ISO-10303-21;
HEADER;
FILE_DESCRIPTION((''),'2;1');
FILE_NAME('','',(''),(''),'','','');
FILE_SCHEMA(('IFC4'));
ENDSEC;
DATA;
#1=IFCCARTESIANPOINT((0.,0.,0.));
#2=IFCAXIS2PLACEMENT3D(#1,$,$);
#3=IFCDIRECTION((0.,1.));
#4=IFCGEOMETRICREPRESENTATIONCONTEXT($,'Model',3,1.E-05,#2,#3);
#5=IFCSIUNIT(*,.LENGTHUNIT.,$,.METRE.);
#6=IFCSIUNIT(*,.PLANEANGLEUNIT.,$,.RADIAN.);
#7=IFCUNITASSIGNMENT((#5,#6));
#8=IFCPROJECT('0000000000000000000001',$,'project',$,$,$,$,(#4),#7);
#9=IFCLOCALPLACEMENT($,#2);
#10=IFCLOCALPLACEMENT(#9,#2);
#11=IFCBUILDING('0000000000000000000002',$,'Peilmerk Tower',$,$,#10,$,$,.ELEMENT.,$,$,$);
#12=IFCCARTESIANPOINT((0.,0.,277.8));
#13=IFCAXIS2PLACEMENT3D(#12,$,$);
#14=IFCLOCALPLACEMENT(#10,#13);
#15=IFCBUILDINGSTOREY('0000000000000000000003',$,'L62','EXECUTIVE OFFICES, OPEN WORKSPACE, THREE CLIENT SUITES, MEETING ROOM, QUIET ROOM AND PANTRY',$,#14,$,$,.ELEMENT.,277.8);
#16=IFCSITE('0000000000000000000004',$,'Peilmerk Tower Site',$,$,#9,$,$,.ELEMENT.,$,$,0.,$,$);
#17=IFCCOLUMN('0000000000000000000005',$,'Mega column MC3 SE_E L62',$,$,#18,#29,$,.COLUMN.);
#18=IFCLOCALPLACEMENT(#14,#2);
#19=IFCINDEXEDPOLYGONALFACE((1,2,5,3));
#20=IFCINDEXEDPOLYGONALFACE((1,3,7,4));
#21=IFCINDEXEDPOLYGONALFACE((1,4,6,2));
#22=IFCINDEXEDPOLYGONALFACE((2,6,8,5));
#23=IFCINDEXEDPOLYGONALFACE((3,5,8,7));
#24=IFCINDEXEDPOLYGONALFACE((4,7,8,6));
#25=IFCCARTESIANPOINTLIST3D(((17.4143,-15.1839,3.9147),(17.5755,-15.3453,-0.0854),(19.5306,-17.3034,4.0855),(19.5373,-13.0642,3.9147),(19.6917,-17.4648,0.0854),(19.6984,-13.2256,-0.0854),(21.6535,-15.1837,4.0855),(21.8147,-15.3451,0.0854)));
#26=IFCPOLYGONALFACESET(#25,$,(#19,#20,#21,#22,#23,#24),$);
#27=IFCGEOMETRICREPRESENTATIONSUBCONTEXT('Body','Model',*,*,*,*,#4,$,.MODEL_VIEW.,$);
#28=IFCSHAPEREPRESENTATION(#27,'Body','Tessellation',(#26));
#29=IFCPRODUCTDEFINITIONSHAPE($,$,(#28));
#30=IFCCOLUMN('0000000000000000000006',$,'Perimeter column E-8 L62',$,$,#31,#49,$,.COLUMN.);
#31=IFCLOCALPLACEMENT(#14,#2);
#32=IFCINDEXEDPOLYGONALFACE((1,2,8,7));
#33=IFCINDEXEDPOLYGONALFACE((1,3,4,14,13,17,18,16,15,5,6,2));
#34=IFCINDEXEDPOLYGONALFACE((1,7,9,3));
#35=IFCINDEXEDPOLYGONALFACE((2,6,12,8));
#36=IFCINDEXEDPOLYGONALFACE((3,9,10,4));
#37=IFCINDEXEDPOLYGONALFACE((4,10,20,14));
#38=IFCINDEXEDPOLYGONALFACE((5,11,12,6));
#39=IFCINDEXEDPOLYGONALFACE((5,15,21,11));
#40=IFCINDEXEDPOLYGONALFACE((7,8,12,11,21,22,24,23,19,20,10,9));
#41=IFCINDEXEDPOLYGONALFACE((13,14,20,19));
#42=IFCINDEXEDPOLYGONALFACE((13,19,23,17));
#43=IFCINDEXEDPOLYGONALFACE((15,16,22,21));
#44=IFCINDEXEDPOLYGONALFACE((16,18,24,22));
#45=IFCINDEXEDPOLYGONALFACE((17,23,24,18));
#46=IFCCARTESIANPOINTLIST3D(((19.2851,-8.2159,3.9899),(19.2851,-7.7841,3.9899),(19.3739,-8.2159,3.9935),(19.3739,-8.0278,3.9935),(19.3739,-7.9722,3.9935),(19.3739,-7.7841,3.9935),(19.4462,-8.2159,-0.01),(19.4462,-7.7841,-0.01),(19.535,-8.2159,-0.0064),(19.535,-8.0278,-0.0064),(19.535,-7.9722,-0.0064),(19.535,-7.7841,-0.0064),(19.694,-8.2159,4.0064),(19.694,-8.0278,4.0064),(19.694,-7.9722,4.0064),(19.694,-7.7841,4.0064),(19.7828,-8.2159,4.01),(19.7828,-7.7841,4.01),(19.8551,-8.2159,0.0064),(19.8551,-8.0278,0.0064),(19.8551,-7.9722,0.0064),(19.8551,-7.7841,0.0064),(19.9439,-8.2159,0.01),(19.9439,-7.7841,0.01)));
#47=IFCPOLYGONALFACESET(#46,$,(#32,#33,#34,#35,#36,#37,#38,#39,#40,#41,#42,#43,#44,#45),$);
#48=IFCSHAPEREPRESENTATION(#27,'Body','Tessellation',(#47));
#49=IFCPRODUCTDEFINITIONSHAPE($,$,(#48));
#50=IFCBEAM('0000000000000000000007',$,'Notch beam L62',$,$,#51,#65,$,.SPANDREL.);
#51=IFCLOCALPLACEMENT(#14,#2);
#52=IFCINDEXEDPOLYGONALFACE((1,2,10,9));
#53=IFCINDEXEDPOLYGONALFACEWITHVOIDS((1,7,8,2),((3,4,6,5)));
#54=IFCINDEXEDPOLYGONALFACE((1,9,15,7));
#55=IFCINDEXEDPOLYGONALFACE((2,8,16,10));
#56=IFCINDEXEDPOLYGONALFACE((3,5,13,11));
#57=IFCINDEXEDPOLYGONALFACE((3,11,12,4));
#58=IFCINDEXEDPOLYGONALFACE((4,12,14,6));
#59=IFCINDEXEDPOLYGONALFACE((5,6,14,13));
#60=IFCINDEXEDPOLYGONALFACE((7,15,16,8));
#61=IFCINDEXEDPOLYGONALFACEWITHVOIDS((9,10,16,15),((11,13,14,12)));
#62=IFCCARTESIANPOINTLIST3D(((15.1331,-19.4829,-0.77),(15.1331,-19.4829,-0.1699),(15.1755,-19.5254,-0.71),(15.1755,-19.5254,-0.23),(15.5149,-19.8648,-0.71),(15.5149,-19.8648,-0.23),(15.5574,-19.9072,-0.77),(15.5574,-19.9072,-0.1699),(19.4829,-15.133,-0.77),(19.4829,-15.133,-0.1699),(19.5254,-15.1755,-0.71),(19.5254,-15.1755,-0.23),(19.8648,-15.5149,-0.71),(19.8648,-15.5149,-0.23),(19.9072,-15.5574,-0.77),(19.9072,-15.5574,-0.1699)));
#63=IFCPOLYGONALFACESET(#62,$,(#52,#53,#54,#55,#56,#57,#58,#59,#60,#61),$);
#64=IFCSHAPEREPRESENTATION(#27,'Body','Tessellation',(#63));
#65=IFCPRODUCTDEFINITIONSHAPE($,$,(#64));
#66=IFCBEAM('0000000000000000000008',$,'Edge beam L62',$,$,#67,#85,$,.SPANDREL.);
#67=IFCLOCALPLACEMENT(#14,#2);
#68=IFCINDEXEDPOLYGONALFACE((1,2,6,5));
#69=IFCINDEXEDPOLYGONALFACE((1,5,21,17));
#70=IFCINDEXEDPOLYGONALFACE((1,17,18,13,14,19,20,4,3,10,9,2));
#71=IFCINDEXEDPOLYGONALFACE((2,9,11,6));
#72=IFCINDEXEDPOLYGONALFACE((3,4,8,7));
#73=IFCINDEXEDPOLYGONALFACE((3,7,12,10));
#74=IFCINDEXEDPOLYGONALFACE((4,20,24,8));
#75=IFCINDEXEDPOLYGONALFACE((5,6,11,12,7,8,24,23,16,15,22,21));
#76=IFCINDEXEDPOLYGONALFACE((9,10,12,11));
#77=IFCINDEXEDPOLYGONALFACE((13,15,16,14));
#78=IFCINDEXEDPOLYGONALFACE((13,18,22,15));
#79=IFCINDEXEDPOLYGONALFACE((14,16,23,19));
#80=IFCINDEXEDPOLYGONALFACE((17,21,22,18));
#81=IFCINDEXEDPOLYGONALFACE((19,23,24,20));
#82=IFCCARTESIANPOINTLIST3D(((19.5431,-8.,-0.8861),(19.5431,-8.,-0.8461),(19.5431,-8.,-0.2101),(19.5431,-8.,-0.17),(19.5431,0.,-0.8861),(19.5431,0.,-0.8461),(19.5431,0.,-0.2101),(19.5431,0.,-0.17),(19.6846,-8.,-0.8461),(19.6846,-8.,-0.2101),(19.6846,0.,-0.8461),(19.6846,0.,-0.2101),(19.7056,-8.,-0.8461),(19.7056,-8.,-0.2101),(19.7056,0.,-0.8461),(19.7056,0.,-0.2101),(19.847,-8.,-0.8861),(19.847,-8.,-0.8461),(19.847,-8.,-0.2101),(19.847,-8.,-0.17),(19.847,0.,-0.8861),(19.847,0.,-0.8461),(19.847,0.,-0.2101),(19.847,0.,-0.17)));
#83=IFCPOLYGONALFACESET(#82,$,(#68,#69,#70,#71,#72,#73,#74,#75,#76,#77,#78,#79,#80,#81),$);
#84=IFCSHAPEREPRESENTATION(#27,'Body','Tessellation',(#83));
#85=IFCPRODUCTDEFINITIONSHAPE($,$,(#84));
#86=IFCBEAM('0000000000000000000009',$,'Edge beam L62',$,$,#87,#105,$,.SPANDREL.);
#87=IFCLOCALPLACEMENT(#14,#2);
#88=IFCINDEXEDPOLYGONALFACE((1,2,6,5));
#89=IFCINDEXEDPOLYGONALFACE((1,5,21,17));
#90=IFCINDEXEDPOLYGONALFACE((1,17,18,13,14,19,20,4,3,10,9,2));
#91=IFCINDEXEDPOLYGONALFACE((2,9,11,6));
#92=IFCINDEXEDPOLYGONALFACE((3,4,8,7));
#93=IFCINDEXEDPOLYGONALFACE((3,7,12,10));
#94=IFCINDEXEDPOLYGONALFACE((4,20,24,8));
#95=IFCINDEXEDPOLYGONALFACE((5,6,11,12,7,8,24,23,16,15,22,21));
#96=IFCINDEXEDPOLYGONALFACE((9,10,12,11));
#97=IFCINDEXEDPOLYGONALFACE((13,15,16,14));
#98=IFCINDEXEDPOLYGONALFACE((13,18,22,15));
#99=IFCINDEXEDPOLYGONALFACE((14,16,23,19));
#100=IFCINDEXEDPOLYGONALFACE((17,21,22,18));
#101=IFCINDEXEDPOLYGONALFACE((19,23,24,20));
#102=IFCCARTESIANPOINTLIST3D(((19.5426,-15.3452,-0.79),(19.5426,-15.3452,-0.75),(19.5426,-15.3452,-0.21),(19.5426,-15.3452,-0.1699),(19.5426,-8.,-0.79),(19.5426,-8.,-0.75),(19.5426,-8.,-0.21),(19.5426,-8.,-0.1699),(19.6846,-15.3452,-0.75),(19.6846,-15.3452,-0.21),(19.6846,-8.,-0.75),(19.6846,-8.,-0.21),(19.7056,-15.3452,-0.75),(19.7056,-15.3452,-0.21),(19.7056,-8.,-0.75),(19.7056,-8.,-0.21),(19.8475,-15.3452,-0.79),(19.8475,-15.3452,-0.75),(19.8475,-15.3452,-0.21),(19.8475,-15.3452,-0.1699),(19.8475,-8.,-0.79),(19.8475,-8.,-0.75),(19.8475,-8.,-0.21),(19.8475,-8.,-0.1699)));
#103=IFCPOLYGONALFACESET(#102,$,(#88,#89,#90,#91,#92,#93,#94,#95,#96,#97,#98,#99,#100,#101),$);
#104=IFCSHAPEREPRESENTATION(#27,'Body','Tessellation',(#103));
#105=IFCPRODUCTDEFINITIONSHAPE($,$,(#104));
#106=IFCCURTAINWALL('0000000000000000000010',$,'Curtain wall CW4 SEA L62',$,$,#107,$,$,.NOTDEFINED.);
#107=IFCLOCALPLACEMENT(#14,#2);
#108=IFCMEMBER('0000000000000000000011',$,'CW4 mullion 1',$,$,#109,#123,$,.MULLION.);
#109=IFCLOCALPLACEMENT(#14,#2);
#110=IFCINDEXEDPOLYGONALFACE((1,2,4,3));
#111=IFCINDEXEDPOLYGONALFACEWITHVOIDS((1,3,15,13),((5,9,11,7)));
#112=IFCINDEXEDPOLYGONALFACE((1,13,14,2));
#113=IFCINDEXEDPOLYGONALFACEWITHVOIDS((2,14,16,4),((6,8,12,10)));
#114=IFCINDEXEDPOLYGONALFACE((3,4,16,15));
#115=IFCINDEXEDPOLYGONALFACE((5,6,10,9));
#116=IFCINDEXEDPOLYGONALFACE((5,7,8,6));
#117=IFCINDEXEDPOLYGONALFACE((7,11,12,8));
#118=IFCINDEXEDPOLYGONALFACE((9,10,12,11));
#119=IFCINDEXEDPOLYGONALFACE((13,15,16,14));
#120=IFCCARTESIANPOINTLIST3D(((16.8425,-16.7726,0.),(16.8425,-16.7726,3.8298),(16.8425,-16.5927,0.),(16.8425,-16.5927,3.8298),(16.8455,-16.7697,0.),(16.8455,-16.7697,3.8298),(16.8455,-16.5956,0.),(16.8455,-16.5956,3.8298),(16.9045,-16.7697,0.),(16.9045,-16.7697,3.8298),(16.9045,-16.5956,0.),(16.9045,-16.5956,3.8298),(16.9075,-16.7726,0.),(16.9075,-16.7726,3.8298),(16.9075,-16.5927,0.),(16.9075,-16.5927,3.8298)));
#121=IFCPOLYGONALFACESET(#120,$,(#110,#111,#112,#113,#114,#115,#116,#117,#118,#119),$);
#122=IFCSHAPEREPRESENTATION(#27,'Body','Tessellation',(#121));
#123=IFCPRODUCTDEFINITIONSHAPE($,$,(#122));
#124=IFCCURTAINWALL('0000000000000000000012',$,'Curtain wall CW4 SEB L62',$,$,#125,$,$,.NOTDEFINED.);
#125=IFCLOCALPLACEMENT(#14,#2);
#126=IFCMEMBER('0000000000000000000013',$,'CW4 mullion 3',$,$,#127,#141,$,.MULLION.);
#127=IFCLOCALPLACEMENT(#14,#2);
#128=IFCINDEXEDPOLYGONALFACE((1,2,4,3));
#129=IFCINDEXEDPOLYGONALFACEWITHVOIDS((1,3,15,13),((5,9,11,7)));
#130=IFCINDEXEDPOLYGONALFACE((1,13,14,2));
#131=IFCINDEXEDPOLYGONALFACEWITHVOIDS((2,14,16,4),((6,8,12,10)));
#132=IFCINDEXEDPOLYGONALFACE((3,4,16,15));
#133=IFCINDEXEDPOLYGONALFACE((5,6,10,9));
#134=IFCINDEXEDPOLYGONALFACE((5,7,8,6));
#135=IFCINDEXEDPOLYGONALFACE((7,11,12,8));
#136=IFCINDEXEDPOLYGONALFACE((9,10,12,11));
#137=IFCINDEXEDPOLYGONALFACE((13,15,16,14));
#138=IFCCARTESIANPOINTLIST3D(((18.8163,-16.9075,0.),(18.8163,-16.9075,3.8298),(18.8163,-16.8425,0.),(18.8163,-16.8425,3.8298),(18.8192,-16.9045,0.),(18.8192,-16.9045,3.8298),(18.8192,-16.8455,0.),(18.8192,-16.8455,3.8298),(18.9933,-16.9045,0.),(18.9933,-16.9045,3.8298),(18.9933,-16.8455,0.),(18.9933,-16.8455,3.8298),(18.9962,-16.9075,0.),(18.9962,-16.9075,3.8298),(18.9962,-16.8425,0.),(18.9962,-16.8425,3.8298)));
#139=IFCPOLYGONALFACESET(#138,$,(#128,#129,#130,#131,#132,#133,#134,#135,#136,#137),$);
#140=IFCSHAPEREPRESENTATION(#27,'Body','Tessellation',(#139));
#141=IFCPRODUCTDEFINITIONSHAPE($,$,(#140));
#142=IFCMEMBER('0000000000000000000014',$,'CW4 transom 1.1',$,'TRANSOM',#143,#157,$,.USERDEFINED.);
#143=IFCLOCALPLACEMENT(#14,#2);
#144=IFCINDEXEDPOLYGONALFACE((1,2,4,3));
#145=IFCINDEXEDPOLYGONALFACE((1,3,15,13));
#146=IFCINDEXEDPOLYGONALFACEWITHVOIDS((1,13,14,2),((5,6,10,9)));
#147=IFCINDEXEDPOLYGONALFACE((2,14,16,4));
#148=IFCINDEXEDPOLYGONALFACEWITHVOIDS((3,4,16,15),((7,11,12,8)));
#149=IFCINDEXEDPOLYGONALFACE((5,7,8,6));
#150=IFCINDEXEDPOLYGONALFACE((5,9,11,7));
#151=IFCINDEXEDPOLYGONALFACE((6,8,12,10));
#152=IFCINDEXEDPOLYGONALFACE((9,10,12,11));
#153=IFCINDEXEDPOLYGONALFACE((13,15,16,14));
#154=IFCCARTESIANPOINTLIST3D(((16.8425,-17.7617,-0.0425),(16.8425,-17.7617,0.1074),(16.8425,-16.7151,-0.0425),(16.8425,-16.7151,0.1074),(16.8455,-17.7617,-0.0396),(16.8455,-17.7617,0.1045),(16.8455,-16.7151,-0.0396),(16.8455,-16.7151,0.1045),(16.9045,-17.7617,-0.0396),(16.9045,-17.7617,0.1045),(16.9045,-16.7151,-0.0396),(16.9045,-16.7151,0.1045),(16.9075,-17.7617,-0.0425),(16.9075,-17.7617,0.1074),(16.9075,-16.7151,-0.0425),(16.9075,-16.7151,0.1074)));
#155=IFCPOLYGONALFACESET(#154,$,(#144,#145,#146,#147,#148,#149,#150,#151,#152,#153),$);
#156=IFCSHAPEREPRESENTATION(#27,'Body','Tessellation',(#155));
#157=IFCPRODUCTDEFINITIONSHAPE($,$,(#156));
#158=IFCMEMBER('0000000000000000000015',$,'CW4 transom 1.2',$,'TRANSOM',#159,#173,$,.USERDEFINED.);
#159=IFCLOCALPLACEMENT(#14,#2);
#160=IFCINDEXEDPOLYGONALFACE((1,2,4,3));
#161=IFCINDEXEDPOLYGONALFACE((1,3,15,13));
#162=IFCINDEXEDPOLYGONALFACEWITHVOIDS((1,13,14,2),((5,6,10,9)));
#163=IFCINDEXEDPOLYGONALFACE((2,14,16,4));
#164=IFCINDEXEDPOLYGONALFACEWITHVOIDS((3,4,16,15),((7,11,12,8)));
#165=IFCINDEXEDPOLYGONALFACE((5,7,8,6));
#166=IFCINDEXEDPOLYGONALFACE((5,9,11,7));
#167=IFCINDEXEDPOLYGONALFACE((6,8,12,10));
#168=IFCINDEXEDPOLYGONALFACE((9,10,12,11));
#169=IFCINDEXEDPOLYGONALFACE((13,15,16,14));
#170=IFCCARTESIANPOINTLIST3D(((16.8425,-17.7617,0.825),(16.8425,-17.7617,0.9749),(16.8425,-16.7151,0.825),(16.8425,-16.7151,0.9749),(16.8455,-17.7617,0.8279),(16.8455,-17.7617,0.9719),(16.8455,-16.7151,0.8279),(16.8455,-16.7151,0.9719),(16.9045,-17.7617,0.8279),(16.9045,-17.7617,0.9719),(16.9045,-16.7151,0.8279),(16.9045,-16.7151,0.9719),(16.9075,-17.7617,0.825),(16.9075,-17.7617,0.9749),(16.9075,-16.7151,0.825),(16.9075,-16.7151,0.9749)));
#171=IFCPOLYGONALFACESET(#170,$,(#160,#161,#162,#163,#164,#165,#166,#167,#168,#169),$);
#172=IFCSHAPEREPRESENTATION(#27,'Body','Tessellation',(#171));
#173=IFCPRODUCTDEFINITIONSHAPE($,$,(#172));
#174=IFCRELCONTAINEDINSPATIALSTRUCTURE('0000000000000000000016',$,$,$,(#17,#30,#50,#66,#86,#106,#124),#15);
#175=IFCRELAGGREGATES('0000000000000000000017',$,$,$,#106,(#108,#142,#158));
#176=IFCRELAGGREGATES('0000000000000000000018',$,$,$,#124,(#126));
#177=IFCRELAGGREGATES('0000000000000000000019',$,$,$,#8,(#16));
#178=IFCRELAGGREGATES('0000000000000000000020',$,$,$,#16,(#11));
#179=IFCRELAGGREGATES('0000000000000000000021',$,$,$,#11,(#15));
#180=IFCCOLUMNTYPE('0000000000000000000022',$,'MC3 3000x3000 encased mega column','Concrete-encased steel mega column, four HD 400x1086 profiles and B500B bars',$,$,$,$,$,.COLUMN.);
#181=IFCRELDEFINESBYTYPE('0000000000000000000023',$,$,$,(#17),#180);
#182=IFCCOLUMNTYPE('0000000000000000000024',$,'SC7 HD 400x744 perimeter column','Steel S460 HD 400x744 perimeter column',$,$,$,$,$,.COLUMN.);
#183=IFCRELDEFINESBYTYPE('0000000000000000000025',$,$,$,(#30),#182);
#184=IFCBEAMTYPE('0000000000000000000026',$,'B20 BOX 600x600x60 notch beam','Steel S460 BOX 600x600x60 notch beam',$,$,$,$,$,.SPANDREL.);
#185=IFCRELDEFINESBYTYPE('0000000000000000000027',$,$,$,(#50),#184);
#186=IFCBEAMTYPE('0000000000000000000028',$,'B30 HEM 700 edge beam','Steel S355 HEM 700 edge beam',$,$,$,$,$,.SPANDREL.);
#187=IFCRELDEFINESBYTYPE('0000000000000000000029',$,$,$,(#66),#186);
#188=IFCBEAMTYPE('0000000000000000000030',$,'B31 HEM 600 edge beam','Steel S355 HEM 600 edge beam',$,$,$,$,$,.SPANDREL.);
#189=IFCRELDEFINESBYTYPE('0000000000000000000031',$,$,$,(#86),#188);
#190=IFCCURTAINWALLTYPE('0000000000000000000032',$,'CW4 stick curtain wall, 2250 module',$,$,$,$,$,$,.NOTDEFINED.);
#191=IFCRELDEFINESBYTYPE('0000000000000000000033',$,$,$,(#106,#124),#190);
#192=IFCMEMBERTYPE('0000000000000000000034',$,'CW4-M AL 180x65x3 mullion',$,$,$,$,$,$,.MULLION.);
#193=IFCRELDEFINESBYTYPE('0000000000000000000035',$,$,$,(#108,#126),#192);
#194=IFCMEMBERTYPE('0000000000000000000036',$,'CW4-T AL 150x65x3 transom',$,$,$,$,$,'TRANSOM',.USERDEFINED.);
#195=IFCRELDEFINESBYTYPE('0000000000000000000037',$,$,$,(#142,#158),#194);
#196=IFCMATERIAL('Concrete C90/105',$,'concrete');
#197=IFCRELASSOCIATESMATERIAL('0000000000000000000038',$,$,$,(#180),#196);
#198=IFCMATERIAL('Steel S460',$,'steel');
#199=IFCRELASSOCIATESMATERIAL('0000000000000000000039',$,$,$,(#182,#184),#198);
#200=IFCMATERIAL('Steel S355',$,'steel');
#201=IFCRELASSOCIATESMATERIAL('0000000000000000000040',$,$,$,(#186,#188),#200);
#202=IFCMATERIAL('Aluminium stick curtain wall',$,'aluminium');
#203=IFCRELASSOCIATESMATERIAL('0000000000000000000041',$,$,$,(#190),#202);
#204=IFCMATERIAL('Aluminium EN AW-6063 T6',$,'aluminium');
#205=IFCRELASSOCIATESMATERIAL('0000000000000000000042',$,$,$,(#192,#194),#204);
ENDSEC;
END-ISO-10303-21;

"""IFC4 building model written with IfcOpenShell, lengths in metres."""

from ifc_helpers import new_model, si_unit, direction, frame, origin, origin_2d, place, context, subcontext, project, spatial, rectangle, hollow_rectangle, i_section, extrude, material, material_profile, profile_set, type_object, element, aggregate, save


model = new_model("IFC4")

# Units and contexts
model_context = context("Model", 3, precision=1e-05, world=origin(), true_north=direction((0.0, 1.0)))
body_context = subcontext(model_context, "Body", "Model", "MODEL_VIEW")
ifc_project = project(units=[si_unit("LENGTHUNIT", "METRE"), si_unit("PLANEANGLEUNIT", "RADIAN")], contexts=[model_context])

# Site, building, storey
site_placement = place(None, origin())
site = spatial("IfcSite", under=ifc_project, at=site_placement, Name="Peilmerk Tower Site", CompositionType="ELEMENT", RefElevation=0.0)
building_placement = place(site_placement, origin())
building = spatial("IfcBuilding", under=site, at=building_placement, Name="Peilmerk Tower", CompositionType="ELEMENT")
storey_placement = place(building_placement, frame((0.0, 0.0, 277.8)))
storey = spatial("IfcBuildingStorey", under=building, at=storey_placement, Name="L62", Description="EXECUTIVE OFFICES, OPEN WORKSPACE, THREE CLIENT SUITES, MEETING ROOM, QUIET ROOM AND PANTRY", CompositionType="ELEMENT", Elevation=277.8)

# Columns
ifc_material_1 = material(Name="Concrete C90/105", Category="concrete")
ifc_material_profile_1 = material_profile(ifc_material_1, rectangle(XDim=3.0, YDim=3.0, at=origin_2d()), Name="RC 3000x3000")
ifc_profile_set_1 = profile_set([ifc_material_profile_1], Name="Concrete C90/105")
column_type_1 = type_object("IfcColumnType", Name="MC3 3000x3000 encased mega column", Description="Concrete-encased steel mega column, four HD 400x1086 profiles and B500B bars", PredefinedType="COLUMN", material=ifc_profile_set_1)
column_1_placement = place(storey_placement, frame((19.6951, -15.3452, 0.0), z_axis=(-0.040218, 0.040279, 0.998379), x_axis=(-0.707642, -0.706571, 0.0)))
element("IfcColumn", 1, at=column_1_placement, inside=storey, type_object=column_type_1, Name="Mega column MC3 SE_E L62", PredefinedType="COLUMN", context=body_context, shape_type="SweptSolid", body=[
    extrude(rectangle(XDim=3.0, YDim=3.0, at=origin_2d()), origin(), (0.0, 0.0, 1.0), 4.0066),
])
ifc_material_2 = material(Name="Steel S460", Category="steel")
ifc_material_profile_2 = material_profile(ifc_material_2, i_section(OverallWidth=0.4319, OverallDepth=0.498, WebThickness=0.0557, FlangeThickness=0.0889, at=origin_2d()), Name="HD 400x744")
ifc_profile_set_2 = profile_set([ifc_material_profile_2], Name="Steel S460")
column_type_2 = type_object("IfcColumnType", Name="SC7 HD 400x744 perimeter column", Description="Steel S460 HD 400x744 perimeter column", PredefinedType="COLUMN", material=ifc_profile_set_2)
column_2_placement = place(storey_placement, frame((19.6951, -8.0, 0.0), z_axis=(-0.040251, 0.0, 0.99919), x_axis=(0.0, -1.0, 0.0)))
element("IfcColumn", 2, at=column_2_placement, inside=storey, type_object=column_type_2, Name="Perimeter column E-8 L62", PredefinedType="COLUMN", context=body_context, shape_type="SweptSolid", body=[
    extrude(i_section(OverallWidth=0.4319, OverallDepth=0.498, WebThickness=0.0557, FlangeThickness=0.0889, at=origin_2d()), origin(), (0.0, 0.0, 1.0), 4.0032),
])

# Beams
ifc_material_profile_3 = material_profile(ifc_material_2, hollow_rectangle(XDim=0.6001, YDim=0.6001, WallThickness=0.0601, at=origin_2d()), Name="BOX 600x600x60")
ifc_profile_set_3 = profile_set([ifc_material_profile_3], Name="Steel S460")
beam_type_1 = type_object("IfcBeamType", Name="B20 BOX 600x600x60 notch beam", Description="Steel S460 BOX 600x600x60 notch beam", PredefinedType="SPANDREL", material=ifc_profile_set_3)
beam_1_placement = place(storey_placement, frame((19.6951, -15.3452, -0.47), z_axis=(-0.707107, -0.707107, 0.0), x_axis=(0.707107, -0.707107, 0.0)))
element("IfcBeam", 3, at=beam_1_placement, inside=storey, type_object=beam_type_1, Name="Notch beam L62", PredefinedType="SPANDREL", context=body_context, shape_type="SweptSolid", body=[
    extrude(hollow_rectangle(XDim=0.6001, YDim=0.6001, WallThickness=0.0601, at=origin_2d()), origin(), (0.0, 0.0, 1.0), 6.1516),
])
ifc_material_3 = material(Name="Steel S355", Category="steel")
ifc_material_profile_4 = material_profile(ifc_material_3, i_section(OverallWidth=0.304, OverallDepth=0.7161, WebThickness=0.021, FlangeThickness=0.04, at=origin_2d()), Name="HEM 700")
ifc_profile_set_4 = profile_set([ifc_material_profile_4], Name="Steel S355")
beam_type_2 = type_object("IfcBeamType", Name="B30 HEM 700 edge beam", Description="Steel S355 HEM 700 edge beam", PredefinedType="SPANDREL", material=ifc_profile_set_4)
beam_2_placement = place(storey_placement, frame((19.6951, -8.0, -0.5281), z_axis=(0.0, 1.0, 0.0), x_axis=(-1.0, 0.0, 0.0)))
element("IfcBeam", 4, at=beam_2_placement, inside=storey, type_object=beam_type_2, Name="Edge beam L62", PredefinedType="SPANDREL", context=body_context, shape_type="SweptSolid", body=[
    extrude(i_section(OverallWidth=0.304, OverallDepth=0.7161, WebThickness=0.021, FlangeThickness=0.04, at=origin_2d()), origin(), (0.0, 0.0, 1.0), 8.0),
])
ifc_material_profile_5 = material_profile(ifc_material_3, i_section(OverallWidth=0.3049, OverallDepth=0.6201, WebThickness=0.021, FlangeThickness=0.04, at=origin_2d()), Name="HEM 600")
ifc_profile_set_5 = profile_set([ifc_material_profile_5], Name="Steel S355")
beam_type_3 = type_object("IfcBeamType", Name="B31 HEM 600 edge beam", Description="Steel S355 HEM 600 edge beam", PredefinedType="SPANDREL", material=ifc_profile_set_5)
beam_3_placement = place(storey_placement, frame((19.6951, -15.3452, -0.48), z_axis=(0.0, 1.0, 0.0), x_axis=(-1.0, 0.0, 0.0)))
element("IfcBeam", 5, at=beam_3_placement, inside=storey, type_object=beam_type_3, Name="Edge beam L62", PredefinedType="SPANDREL", context=body_context, shape_type="SweptSolid", body=[
    extrude(i_section(OverallWidth=0.3049, OverallDepth=0.6201, WebThickness=0.021, FlangeThickness=0.04, at=origin_2d()), origin(), (0.0, 0.0, 1.0), 7.3452),
])

# Curtain walls, members
ifc_material_4 = material(Name="Aluminium stick curtain wall", Category="aluminium")
curtain_wall_type = type_object("IfcCurtainWallType", Name="CW4 stick curtain wall, 2250 module", PredefinedType="NOTDEFINED", material=ifc_material_4)
curtain_wall_1_placement = place(storey_placement, origin())
curtain_wall_1 = element("IfcCurtainWall", 6, at=curtain_wall_1_placement, inside=storey, type_object=curtain_wall_type, Name="Curtain wall CW4 SEA L62", PredefinedType="NOTDEFINED")
ifc_material_5 = material(Name="Aluminium EN AW-6063 T6", Category="aluminium")
ifc_material_profile_6 = material_profile(ifc_material_5, hollow_rectangle(XDim=0.0649, YDim=0.1799, WallThickness=0.0029, at=origin_2d()), Name="AL 180x65x3")
ifc_profile_set_6 = profile_set([ifc_material_profile_6], Name="Aluminium EN AW-6063 T6")
member_type_1 = type_object("IfcMemberType", Name="CW4-M AL 180x65x3 mullion", PredefinedType="MULLION", material=ifc_profile_set_6)
member_1_placement = place(storey_placement, frame((16.875, -16.6826, 0.0), z_axis=(0.0, 0.0, 1.0), x_axis=(1.0, 0.0, 0.0)))
member_1 = element("IfcMember", 7, at=member_1_placement, type_object=member_type_1, Name="CW4 mullion 1", PredefinedType="MULLION", context=body_context, shape_type="SweptSolid", body=[
    extrude(hollow_rectangle(XDim=0.0649, YDim=0.1799, WallThickness=0.0029, at=origin_2d()), origin(), (0.0, 0.0, 1.0), 3.8298),
])
curtain_wall_2_placement = place(storey_placement, origin())
curtain_wall_2 = element("IfcCurtainWall", 8, at=curtain_wall_2_placement, inside=storey, type_object=curtain_wall_type, Name="Curtain wall CW4 SEB L62", PredefinedType="NOTDEFINED")
member_2_placement = place(storey_placement, frame((18.9062, -16.875, 0.0), z_axis=(0.0, 0.0, 1.0), x_axis=(0.0, 1.0, 0.0)))
member_2 = element("IfcMember", 9, at=member_2_placement, type_object=member_type_1, Name="CW4 mullion 3", PredefinedType="MULLION", context=body_context, shape_type="SweptSolid", body=[
    extrude(hollow_rectangle(XDim=0.0649, YDim=0.1799, WallThickness=0.0029, at=origin_2d()), origin(), (0.0, 0.0, 1.0), 3.8298),
])

# Members
ifc_material_profile_7 = material_profile(ifc_material_5, hollow_rectangle(XDim=0.0649, YDim=0.1499, WallThickness=0.0029, at=origin_2d()), Name="AL 150x65x3")
ifc_profile_set_7 = profile_set([ifc_material_profile_7], Name="Aluminium EN AW-6063 T6")
member_type_2 = type_object("IfcMemberType", Name="CW4-T AL 150x65x3 transom", ElementType="TRANSOM", PredefinedType="USERDEFINED", material=ifc_profile_set_7)
member_3_placement = place(storey_placement, frame((16.875, -16.7151, 0.0325), z_axis=(0.0, -1.0, 0.0), x_axis=(1.0, 0.0, 0.0)))
member_3 = element("IfcMember", 10, at=member_3_placement, type_object=member_type_2, Name="CW4 transom 1.1", ObjectType="TRANSOM", PredefinedType="USERDEFINED", context=body_context, shape_type="SweptSolid", body=[
    extrude(hollow_rectangle(XDim=0.0649, YDim=0.1499, WallThickness=0.0029, at=origin_2d()), origin(), (0.0, 0.0, 1.0), 1.0466),
])
member_4_placement = place(storey_placement, frame((16.875, -16.7151, 0.8999), z_axis=(0.0, -1.0, 0.0), x_axis=(1.0, 0.0, 0.0)))
member_4 = element("IfcMember", 11, at=member_4_placement, type_object=member_type_2, Name="CW4 transom 1.2", ObjectType="TRANSOM", PredefinedType="USERDEFINED", context=body_context, shape_type="SweptSolid", body=[
    extrude(hollow_rectangle(XDim=0.0649, YDim=0.1499, WallThickness=0.0029, at=origin_2d()), origin(), (0.0, 0.0, 1.0), 1.0466),
])
aggregate(curtain_wall_1, [member_1, member_3, member_4])

aggregate(curtain_wall_2, [member_2])

save(model, "model.ifc")
